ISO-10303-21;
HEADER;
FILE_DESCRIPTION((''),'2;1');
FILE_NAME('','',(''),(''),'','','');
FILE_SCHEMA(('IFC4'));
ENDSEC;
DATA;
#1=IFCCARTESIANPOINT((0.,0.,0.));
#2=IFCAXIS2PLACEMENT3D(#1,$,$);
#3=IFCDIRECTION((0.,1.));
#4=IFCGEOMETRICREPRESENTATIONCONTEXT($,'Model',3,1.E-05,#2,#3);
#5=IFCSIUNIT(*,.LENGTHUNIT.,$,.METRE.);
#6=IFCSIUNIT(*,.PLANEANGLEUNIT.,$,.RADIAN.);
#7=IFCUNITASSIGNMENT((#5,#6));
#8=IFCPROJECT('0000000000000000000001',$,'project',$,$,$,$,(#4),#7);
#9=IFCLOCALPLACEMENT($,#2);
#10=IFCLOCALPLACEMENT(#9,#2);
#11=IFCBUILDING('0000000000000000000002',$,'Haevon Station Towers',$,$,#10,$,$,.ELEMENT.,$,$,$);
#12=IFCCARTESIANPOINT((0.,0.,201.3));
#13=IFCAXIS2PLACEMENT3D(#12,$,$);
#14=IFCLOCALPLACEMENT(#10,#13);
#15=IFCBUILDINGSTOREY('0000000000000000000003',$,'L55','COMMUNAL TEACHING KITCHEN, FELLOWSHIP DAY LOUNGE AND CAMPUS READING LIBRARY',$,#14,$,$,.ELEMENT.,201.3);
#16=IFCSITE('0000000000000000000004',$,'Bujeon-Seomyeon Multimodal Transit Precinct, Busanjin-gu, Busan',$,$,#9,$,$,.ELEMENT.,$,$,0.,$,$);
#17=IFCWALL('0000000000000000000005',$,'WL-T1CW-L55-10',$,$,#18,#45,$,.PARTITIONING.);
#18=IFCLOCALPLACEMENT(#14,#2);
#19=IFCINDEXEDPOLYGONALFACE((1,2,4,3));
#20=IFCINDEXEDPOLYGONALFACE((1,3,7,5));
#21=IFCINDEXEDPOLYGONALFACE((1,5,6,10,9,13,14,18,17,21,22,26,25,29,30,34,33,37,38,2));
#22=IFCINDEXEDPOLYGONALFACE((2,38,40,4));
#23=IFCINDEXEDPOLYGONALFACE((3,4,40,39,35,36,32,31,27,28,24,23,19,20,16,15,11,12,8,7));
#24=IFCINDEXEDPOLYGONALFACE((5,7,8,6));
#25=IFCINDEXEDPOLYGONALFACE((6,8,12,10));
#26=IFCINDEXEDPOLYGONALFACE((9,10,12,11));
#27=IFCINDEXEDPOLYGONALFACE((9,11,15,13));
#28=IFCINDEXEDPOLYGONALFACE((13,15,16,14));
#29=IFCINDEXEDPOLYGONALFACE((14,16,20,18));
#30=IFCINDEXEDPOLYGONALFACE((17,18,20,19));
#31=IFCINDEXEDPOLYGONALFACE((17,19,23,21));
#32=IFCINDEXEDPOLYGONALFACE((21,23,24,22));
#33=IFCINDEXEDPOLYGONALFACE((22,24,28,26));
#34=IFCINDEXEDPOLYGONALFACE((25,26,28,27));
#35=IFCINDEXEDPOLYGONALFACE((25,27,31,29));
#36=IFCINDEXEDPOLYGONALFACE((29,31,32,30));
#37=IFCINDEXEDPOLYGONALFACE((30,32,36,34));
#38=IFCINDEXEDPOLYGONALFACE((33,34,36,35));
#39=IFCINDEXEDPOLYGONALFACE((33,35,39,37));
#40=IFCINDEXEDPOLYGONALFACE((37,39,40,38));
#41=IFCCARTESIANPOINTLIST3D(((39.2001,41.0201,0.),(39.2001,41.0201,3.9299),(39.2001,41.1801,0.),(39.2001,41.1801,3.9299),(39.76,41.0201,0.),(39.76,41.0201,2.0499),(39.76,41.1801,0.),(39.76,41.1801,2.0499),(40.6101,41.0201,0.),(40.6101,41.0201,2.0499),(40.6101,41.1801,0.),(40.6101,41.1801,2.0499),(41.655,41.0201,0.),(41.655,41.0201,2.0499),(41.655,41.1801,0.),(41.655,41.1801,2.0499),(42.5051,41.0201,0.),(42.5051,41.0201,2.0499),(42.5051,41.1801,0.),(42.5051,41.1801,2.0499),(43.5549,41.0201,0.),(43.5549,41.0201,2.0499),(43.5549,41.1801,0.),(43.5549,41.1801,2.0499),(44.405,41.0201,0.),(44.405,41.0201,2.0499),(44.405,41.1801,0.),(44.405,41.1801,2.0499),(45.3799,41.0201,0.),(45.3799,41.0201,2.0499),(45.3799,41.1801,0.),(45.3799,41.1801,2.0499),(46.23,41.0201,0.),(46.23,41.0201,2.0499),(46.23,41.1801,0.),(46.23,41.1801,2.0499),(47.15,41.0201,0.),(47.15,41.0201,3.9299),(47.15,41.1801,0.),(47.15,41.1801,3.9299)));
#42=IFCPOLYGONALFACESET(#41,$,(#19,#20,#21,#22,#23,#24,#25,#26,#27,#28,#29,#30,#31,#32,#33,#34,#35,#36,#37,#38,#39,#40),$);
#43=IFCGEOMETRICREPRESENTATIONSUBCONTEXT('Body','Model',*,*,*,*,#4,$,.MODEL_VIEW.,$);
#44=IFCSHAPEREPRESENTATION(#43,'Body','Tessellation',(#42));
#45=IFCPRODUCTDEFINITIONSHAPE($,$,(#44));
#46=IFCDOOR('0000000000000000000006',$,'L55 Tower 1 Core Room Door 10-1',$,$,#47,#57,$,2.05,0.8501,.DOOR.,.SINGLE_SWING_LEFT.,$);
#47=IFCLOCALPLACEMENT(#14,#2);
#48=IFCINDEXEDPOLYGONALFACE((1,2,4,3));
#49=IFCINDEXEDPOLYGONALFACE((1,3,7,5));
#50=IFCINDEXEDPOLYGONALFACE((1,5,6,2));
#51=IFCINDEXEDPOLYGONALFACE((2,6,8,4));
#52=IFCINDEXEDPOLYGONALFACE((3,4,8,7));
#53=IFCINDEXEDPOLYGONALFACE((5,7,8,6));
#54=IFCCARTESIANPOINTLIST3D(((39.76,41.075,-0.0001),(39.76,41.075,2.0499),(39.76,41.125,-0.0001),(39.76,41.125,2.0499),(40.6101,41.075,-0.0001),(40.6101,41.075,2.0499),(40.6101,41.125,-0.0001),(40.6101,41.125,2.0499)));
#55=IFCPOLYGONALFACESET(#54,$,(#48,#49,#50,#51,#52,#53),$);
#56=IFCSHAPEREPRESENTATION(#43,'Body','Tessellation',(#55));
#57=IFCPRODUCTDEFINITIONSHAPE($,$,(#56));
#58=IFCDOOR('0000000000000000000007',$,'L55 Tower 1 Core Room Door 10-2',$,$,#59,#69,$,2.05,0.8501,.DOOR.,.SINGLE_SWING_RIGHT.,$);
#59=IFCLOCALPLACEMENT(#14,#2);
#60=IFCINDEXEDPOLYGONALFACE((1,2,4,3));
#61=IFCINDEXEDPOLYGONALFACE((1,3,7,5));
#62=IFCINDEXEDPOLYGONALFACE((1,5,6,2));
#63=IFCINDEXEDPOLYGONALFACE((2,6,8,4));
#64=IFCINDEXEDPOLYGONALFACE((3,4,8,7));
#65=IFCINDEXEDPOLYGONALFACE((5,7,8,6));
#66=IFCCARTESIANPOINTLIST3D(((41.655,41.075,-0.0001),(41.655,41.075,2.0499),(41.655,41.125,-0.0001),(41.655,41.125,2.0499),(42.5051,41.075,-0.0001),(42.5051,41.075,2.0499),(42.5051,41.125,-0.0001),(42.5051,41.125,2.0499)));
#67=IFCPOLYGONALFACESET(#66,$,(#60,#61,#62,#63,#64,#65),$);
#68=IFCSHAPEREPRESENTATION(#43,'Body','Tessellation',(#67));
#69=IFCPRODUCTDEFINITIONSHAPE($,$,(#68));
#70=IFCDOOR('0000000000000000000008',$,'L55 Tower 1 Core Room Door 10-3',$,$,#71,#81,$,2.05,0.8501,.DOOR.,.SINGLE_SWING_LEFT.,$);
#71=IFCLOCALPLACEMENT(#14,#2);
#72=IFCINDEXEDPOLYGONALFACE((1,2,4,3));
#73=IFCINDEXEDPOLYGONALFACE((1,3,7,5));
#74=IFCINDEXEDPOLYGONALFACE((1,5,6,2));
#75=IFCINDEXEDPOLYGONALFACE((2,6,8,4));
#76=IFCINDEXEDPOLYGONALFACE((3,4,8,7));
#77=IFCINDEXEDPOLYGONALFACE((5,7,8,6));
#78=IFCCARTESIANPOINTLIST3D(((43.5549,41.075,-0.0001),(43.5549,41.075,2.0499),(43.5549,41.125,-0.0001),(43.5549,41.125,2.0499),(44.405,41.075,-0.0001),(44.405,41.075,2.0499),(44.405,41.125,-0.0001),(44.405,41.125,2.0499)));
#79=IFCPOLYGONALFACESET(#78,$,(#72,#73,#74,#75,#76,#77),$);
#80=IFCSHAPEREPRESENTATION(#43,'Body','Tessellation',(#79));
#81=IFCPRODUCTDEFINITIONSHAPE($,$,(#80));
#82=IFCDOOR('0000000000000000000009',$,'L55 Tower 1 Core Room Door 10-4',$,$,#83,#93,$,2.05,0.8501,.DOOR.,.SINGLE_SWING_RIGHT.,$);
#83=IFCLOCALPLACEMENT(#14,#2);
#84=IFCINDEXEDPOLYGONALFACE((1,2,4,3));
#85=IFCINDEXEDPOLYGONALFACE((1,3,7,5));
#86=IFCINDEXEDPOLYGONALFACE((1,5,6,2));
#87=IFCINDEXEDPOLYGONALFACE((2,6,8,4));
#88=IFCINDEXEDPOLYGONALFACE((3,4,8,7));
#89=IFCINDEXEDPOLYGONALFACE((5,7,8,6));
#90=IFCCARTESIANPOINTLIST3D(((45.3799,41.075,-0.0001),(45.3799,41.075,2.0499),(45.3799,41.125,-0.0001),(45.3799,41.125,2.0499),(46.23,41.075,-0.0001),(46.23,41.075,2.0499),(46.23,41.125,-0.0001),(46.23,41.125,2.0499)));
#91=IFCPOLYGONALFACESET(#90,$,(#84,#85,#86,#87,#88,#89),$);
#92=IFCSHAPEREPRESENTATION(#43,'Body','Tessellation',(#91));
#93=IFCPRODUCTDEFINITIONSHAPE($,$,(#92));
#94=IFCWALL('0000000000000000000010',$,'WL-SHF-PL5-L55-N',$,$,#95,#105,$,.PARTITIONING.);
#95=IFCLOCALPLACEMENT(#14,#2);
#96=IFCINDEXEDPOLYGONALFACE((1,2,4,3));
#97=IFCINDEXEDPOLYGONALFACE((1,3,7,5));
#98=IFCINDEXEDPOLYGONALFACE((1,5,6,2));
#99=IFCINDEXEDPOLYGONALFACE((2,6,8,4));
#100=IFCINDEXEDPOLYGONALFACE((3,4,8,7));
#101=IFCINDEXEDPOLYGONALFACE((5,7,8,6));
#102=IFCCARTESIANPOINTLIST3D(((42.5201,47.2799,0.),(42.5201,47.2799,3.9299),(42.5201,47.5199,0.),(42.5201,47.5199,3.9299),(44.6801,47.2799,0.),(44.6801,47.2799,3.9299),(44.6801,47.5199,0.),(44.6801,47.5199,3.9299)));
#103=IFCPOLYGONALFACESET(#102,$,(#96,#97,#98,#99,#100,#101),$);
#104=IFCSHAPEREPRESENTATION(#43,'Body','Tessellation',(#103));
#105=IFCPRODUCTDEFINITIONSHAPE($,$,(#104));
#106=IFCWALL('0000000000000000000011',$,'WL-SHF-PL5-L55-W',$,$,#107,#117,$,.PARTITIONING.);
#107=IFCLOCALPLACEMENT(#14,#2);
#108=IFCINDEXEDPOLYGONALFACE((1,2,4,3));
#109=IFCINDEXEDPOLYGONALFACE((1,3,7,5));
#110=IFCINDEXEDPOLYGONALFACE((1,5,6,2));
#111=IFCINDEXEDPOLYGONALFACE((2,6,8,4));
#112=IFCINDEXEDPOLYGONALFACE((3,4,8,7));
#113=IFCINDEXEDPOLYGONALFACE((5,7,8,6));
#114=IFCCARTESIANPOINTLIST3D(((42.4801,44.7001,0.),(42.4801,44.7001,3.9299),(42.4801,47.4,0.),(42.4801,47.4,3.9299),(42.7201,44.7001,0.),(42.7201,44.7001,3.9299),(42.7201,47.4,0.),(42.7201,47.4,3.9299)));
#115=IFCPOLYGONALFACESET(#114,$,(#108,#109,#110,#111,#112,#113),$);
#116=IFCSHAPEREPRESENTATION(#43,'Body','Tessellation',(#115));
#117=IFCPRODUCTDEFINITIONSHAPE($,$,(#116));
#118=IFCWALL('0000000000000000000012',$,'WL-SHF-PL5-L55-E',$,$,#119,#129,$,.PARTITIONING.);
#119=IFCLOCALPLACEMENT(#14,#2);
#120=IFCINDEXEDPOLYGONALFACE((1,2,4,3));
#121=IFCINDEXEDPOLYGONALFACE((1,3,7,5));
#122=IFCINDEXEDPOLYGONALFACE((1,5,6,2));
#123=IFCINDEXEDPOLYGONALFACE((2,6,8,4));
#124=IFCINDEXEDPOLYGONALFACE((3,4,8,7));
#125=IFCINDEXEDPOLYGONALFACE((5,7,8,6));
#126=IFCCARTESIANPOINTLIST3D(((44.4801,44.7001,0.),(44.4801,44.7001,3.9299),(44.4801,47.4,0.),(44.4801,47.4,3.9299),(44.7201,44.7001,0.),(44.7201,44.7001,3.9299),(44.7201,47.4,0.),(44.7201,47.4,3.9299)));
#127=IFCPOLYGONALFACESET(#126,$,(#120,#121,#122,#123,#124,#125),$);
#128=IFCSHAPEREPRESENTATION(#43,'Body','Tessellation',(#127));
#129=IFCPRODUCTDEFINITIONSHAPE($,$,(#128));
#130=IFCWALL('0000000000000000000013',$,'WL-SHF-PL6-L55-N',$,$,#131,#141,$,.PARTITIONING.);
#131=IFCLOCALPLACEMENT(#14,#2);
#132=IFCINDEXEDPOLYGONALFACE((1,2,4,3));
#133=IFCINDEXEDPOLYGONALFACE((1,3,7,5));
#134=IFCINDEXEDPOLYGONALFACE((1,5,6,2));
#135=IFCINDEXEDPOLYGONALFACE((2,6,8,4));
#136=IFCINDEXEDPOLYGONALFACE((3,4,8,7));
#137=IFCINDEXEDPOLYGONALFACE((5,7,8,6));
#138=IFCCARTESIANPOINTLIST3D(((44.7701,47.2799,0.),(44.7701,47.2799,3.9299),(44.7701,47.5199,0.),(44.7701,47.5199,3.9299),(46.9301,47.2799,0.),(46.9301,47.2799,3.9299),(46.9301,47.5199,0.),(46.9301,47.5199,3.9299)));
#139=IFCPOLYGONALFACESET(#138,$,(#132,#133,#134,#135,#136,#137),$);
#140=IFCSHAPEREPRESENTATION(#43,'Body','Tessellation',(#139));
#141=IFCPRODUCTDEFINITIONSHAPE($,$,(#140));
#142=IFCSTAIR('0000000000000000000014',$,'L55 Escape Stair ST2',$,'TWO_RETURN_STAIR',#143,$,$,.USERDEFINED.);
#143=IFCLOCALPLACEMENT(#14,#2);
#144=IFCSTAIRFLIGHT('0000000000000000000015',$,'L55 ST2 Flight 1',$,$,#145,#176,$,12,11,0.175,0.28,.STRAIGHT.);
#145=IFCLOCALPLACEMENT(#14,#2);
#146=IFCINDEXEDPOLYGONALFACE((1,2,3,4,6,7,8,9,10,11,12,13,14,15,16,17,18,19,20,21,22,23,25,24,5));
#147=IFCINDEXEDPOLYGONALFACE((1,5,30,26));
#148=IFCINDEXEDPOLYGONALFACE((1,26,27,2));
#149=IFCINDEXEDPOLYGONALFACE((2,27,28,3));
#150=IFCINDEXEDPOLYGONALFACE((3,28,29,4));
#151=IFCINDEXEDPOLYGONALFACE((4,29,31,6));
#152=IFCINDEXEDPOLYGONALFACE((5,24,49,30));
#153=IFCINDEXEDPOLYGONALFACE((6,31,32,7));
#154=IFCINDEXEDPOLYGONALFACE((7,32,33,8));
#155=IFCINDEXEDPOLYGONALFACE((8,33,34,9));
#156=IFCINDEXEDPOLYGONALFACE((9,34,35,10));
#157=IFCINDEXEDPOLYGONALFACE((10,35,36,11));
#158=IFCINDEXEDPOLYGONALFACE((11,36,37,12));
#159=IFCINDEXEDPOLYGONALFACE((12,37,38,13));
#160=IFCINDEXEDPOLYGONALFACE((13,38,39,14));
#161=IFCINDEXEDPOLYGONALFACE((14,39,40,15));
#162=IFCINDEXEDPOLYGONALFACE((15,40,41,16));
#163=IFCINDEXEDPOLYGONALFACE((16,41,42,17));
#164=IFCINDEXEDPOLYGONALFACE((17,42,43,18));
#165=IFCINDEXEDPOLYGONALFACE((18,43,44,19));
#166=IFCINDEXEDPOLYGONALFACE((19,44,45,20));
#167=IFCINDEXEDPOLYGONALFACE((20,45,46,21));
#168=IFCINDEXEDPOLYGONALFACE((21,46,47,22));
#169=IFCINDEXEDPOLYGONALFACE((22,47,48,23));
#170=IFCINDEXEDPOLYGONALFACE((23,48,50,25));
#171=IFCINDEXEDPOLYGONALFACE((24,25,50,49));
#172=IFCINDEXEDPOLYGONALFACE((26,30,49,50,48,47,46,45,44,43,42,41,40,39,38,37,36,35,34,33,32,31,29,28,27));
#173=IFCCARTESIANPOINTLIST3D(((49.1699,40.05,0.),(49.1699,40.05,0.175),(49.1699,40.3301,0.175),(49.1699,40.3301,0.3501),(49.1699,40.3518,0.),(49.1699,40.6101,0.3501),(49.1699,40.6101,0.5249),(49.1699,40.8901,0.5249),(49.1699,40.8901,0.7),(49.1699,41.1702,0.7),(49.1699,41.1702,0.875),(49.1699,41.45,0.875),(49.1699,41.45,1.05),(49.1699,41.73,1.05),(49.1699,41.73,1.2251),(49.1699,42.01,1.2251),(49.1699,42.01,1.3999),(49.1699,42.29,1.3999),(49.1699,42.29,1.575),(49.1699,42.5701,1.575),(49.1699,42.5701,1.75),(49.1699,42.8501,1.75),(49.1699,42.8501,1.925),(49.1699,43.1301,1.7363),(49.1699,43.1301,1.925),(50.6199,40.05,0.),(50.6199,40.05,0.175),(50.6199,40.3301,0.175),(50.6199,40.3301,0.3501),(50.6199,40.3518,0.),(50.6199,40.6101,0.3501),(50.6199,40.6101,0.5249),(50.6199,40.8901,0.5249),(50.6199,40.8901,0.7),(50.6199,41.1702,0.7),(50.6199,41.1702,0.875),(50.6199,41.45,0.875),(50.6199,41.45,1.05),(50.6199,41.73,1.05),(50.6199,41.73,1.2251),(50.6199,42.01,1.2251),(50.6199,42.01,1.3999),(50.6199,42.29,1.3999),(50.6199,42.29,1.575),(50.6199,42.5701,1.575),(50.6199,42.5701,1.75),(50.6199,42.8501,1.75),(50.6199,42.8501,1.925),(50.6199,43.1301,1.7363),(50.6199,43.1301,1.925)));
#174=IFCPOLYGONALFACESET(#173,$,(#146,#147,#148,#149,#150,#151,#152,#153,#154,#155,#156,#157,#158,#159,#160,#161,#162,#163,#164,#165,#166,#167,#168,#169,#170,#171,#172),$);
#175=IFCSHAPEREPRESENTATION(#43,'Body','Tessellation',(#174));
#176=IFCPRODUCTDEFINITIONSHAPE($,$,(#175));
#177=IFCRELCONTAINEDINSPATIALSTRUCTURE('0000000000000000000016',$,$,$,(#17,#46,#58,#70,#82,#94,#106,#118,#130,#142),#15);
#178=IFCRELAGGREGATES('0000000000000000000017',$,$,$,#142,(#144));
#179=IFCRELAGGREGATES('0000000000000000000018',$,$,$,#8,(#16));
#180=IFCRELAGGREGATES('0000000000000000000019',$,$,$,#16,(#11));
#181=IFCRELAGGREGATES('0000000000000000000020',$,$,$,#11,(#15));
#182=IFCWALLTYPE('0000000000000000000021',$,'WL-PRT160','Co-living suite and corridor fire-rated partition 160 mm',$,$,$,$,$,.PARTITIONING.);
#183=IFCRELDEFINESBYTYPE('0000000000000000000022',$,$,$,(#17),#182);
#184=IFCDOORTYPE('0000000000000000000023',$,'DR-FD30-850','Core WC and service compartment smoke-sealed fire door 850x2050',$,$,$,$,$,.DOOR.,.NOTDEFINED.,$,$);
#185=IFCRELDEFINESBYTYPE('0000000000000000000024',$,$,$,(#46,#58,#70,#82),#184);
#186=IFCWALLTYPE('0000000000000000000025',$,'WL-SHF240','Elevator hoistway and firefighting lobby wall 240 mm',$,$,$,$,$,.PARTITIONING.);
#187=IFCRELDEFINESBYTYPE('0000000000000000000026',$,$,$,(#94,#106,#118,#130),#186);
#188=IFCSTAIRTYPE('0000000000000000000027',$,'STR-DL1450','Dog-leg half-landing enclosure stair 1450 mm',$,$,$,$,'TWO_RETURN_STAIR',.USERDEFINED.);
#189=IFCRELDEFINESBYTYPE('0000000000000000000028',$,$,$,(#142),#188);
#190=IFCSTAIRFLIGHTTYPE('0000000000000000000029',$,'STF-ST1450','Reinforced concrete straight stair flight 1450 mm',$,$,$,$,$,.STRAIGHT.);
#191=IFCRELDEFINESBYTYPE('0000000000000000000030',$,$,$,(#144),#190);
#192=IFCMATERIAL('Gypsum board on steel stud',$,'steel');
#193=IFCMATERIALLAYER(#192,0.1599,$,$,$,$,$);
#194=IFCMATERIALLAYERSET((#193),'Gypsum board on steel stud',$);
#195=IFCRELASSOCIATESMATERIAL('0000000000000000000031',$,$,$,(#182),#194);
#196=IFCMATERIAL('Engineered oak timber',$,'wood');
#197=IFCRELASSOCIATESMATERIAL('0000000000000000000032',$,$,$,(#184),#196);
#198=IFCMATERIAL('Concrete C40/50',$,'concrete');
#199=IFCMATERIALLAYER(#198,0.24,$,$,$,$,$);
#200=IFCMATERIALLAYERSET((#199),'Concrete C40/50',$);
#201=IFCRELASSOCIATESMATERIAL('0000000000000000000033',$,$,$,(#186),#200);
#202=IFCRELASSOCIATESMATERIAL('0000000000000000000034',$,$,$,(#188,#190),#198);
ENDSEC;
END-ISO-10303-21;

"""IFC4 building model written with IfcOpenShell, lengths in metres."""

from ifc_helpers import new_model, si_unit, direction, frame, frame_2d, origin, place, context, subcontext, project, spatial, polyline, rectangle, outline, extrude, material, layer, layer_set, type_object, element, fill, aggregate, save


model = new_model("IFC4")

# Units and contexts
model_context = context("Model", 3, precision=1e-05, world=origin(), true_north=direction((0.0, 1.0)))
body_context = subcontext(model_context, "Body", "Model", "MODEL_VIEW")
ifc_project = project(units=[si_unit("LENGTHUNIT", "METRE"), si_unit("PLANEANGLEUNIT", "RADIAN")], contexts=[model_context])

# Site, building, storey
site_placement = place(None, origin())
site = spatial("IfcSite", under=ifc_project, at=site_placement, Name="Bujeon-Seomyeon Multimodal Transit Precinct, Busanjin-gu, Busan", CompositionType="ELEMENT", RefElevation=0.0)
building_placement = place(site_placement, origin())
building = spatial("IfcBuilding", under=site, at=building_placement, Name="Haevon Station Towers", CompositionType="ELEMENT")
storey_placement = place(building_placement, frame((0.0, 0.0, 201.3)))
storey = spatial("IfcBuildingStorey", under=building, at=storey_placement, Name="L55", Description="COMMUNAL TEACHING KITCHEN, FELLOWSHIP DAY LOUNGE AND CAMPUS READING LIBRARY", CompositionType="ELEMENT", Elevation=201.3)

# Shared definitions
ifc_material_1 = material(Name="Gypsum board on steel stud", Category="steel")
ifc_layer_1 = layer(ifc_material_1, 0.1599)
ifc_layer_set_1 = layer_set([ifc_layer_1], Name="Gypsum board on steel stud")
wall_type_1 = type_object("IfcWallType", Name="WL-PRT160", Description="Co-living suite and corridor fire-rated partition 160 mm", PredefinedType="PARTITIONING", material=ifc_layer_set_1)

# Wall, openings, doors
wall_1_placement = place(storey_placement, frame((39.2, 41.1001, 0.0), z_axis=(0.0, 0.0, 1.0), x_axis=(1.0, 0.0, 0.0)))
wall_1 = element("IfcWall", 1, at=wall_1_placement, inside=storey, type_object=wall_type_1, Name="WL-T1CW-L55-10", PredefinedType="PARTITIONING", context=body_context, shape_type="SweptSolid", body=[
    extrude(rectangle(XDim=7.95, YDim=0.1599, at=frame_2d((3.9751, 0.0))), origin(), (0.0, 0.0, 1.0), 3.9299),
])
opening_1_placement = place(wall_1_placement, frame((0.5601, 0.0, 0.0)))
opening_1 = element("IfcOpeningElement", 2, at=opening_1_placement, cuts=wall_1, PredefinedType="OPENING", context=body_context, shape_type="SweptSolid", body=[
    extrude(rectangle(XDim=0.8501, YDim=2.05, at=frame_2d((0.425, 1.0249))), frame((0.0, 0.0898, 0.0), z_axis=(0.0, -1.0, 0.0), x_axis=(1.0, 0.0, 0.0)), (0.0, 0.0, 1.0), 0.1799),
])
opening_2_placement = place(wall_1_placement, frame((2.4551, 0.0, 0.0)))
opening_2 = element("IfcOpeningElement", 3, at=opening_2_placement, cuts=wall_1, PredefinedType="OPENING", context=body_context, shape_type="SweptSolid", body=[
    extrude(rectangle(XDim=0.8501, YDim=2.05, at=frame_2d((0.425, 1.0249))), frame((0.0, 0.0898, 0.0), z_axis=(0.0, -1.0, 0.0), x_axis=(1.0, 0.0, 0.0)), (0.0, 0.0, 1.0), 0.1799),
])
opening_3_placement = place(wall_1_placement, frame((4.355, 0.0, 0.0)))
opening_3 = element("IfcOpeningElement", 4, at=opening_3_placement, cuts=wall_1, PredefinedType="OPENING", context=body_context, shape_type="SweptSolid", body=[
    extrude(rectangle(XDim=0.8501, YDim=2.05, at=frame_2d((0.425, 1.0249))), frame((0.0, 0.0898, 0.0), z_axis=(0.0, -1.0, 0.0), x_axis=(1.0, 0.0, 0.0)), (0.0, 0.0, 1.0), 0.1799),
])
opening_4_placement = place(wall_1_placement, frame((6.1799, 0.0, 0.0)))
opening_4 = element("IfcOpeningElement", 5, at=opening_4_placement, cuts=wall_1, PredefinedType="OPENING", context=body_context, shape_type="SweptSolid", body=[
    extrude(rectangle(XDim=0.8501, YDim=2.05, at=frame_2d((0.425, 1.0249))), frame((0.0, 0.0898, 0.0), z_axis=(0.0, -1.0, 0.0), x_axis=(1.0, 0.0, 0.0)), (0.0, 0.0, 1.0), 0.1799),
])
ifc_material_2 = material(Name="Engineered oak timber", Category="wood")
door_type_1 = type_object("IfcDoorType", Name="DR-FD30-850", Description="Core WC and service compartment smoke-sealed fire door 850x2050", OperationType="NOTDEFINED", PredefinedType="DOOR", material=ifc_material_2)
door_1_placement = place(opening_1_placement, origin())
door_1 = element("IfcDoor", 6, at=door_1_placement, inside=storey, type_object=door_type_1, Name="L55 Tower 1 Core Room Door 10-1", OperationType="SINGLE_SWING_LEFT", OverallHeight=2.05, OverallWidth=0.8501, PredefinedType="DOOR", context=body_context, shape_type="SweptSolid", body=[
    extrude(rectangle(XDim=0.8501, YDim=2.05, at=frame_2d((0.425, 1.0249))), frame((0.0, 0.0249, 0.0), z_axis=(0.0, -1.0, 0.0), x_axis=(1.0, 0.0, 0.0)), (0.0, 0.0, 1.0), 0.05),
])
fill(opening_1, door_1)
door_2_placement = place(opening_2_placement, origin())
door_2 = element("IfcDoor", 7, at=door_2_placement, inside=storey, type_object=door_type_1, Name="L55 Tower 1 Core Room Door 10-2", OperationType="SINGLE_SWING_RIGHT", OverallHeight=2.05, OverallWidth=0.8501, PredefinedType="DOOR", context=body_context, shape_type="SweptSolid", body=[
    extrude(rectangle(XDim=0.8501, YDim=2.05, at=frame_2d((0.425, 1.0249))), frame((0.0, 0.0249, 0.0), z_axis=(0.0, -1.0, 0.0), x_axis=(1.0, 0.0, 0.0)), (0.0, 0.0, 1.0), 0.05),
])
fill(opening_2, door_2)
door_3_placement = place(opening_3_placement, origin())
door_3 = element("IfcDoor", 8, at=door_3_placement, inside=storey, type_object=door_type_1, Name="L55 Tower 1 Core Room Door 10-3", OperationType="SINGLE_SWING_LEFT", OverallHeight=2.05, OverallWidth=0.8501, PredefinedType="DOOR", context=body_context, shape_type="SweptSolid", body=[
    extrude(rectangle(XDim=0.8501, YDim=2.05, at=frame_2d((0.425, 1.0249))), frame((0.0, 0.0249, 0.0), z_axis=(0.0, -1.0, 0.0), x_axis=(1.0, 0.0, 0.0)), (0.0, 0.0, 1.0), 0.05),
])
fill(opening_3, door_3)
door_4_placement = place(opening_4_placement, origin())
door_4 = element("IfcDoor", 9, at=door_4_placement, inside=storey, type_object=door_type_1, Name="L55 Tower 1 Core Room Door 10-4", OperationType="SINGLE_SWING_RIGHT", OverallHeight=2.05, OverallWidth=0.8501, PredefinedType="DOOR", context=body_context, shape_type="SweptSolid", body=[
    extrude(rectangle(XDim=0.8501, YDim=2.05, at=frame_2d((0.425, 1.0249))), frame((0.0, 0.0249, 0.0), z_axis=(0.0, -1.0, 0.0), x_axis=(1.0, 0.0, 0.0)), (0.0, 0.0, 1.0), 0.05),
])
fill(opening_4, door_4)

# Shared definitions
ifc_material_3 = material(Name="Concrete C40/50", Category="concrete")
ifc_layer_2 = layer(ifc_material_3, 0.24)
ifc_layer_set_2 = layer_set([ifc_layer_2], Name="Concrete C40/50")
wall_type_2 = type_object("IfcWallType", Name="WL-SHF240", Description="Elevator hoistway and firefighting lobby wall 240 mm", PredefinedType="PARTITIONING", material=ifc_layer_set_2)

# Walls
wall_2_placement = place(storey_placement, frame((42.52, 47.3999, 0.0), z_axis=(0.0, 0.0, 1.0), x_axis=(1.0, 0.0, 0.0)))
element("IfcWall", 10, at=wall_2_placement, inside=storey, type_object=wall_type_2, Name="WL-SHF-PL5-L55-N", PredefinedType="PARTITIONING", context=body_context, shape_type="SweptSolid", body=[
    extrude(rectangle(XDim=2.1599, YDim=0.24, at=frame_2d((1.0801, 0.0))), origin(), (0.0, 0.0, 1.0), 3.9299),
])
for number, where, z_axis, x_axis, name in (
    (11, (42.6001, 44.7, 0.0), (0.0, 0.0, 1.0), (0.0, 1.0, 0.0), "WL-SHF-PL5-L55-W"),
    (12, (44.6001, 44.7, 0.0), (0.0, 0.0, 1.0), (0.0, 1.0, 0.0), "WL-SHF-PL5-L55-E"),
):
    element("IfcWall", number, at=place(storey_placement, frame(where, z_axis=z_axis, x_axis=x_axis)), inside=storey, type_object=wall_type_2, Name=name, PredefinedType="PARTITIONING", context=body_context, shape_type="SweptSolid", body=[
        extrude(rectangle(XDim=2.7, YDim=0.24, at=frame_2d((1.3501, 0.0))), origin(), (0.0, 0.0, 1.0), 3.9299),
    ])

# Wall
wall_3_placement = place(storey_placement, frame((44.77, 47.3999, 0.0), z_axis=(0.0, 0.0, 1.0), x_axis=(1.0, 0.0, 0.0)))
element("IfcWall", 13, at=wall_3_placement, inside=storey, type_object=wall_type_2, Name="WL-SHF-PL6-L55-N", PredefinedType="PARTITIONING", context=body_context, shape_type="SweptSolid", body=[
    extrude(rectangle(XDim=2.1599, YDim=0.24, at=frame_2d((1.0801, 0.0))), origin(), (0.0, 0.0, 1.0), 3.9299),
])

# Stair, stair flight
stair_type = type_object("IfcStairType", Name="STR-DL1450", Description="Dog-leg half-landing enclosure stair 1450 mm", ElementType="TWO_RETURN_STAIR", PredefinedType="USERDEFINED", material=ifc_material_3)
stair_placement = place(storey_placement, origin())
stair = element("IfcStair", 14, at=stair_placement, inside=storey, type_object=stair_type, Name="L55 Escape Stair ST2", ObjectType="TWO_RETURN_STAIR", PredefinedType="USERDEFINED")
stair_flight_type = type_object("IfcStairFlightType", Name="STF-ST1450", Description="Reinforced concrete straight stair flight 1450 mm", PredefinedType="STRAIGHT", material=ifc_material_3)
stair_flight_1_placement = place(storey_placement, frame((49.895, 40.05, 0.0), z_axis=(0.0, 0.0, 1.0), x_axis=(0.0, 1.0, 0.0)))
stair_flight_1 = element("IfcStairFlight", 15, at=stair_flight_1_placement, type_object=stair_flight_type, Name="L55 ST2 Flight 1", NumberOfRisers=12, NumberOfTreads=11, PredefinedType="STRAIGHT", RiserHeight=0.175, TreadLength=0.28, context=body_context, shape_type="SweptSolid", body=[
    extrude(outline(polyline([(0.0, 0.0), (0.0, 0.175), (0.28, 0.175), (0.28, 0.3501), (0.5601, 0.3501), (0.5601, 0.5249), (0.8401, 0.5249), (0.8401, 0.7), (1.1201, 0.7), (1.1201, 0.875), (1.3999, 0.875), (1.3999, 1.05), (1.6799, 1.05), (1.6799, 1.2251), (1.96, 1.2251), (1.96, 1.3999), (2.24, 1.3999), (2.24, 1.575), (2.52, 1.575), (2.52, 1.75), (2.8, 1.75), (2.8, 1.925), (3.0801, 1.925), (3.0801, 2.1001), (3.0801, 1.7363), (0.3018, 0.0), (0.0, 0.0)])), frame((0.0, 0.7251, 0.0), z_axis=(0.0, -1.0, 0.0), x_axis=(1.0, 0.0, 0.0)), (0.0, 0.0, 1.0), 1.45),
])
aggregate(stair, [stair_flight_1])

save(model, "model.ifc")
